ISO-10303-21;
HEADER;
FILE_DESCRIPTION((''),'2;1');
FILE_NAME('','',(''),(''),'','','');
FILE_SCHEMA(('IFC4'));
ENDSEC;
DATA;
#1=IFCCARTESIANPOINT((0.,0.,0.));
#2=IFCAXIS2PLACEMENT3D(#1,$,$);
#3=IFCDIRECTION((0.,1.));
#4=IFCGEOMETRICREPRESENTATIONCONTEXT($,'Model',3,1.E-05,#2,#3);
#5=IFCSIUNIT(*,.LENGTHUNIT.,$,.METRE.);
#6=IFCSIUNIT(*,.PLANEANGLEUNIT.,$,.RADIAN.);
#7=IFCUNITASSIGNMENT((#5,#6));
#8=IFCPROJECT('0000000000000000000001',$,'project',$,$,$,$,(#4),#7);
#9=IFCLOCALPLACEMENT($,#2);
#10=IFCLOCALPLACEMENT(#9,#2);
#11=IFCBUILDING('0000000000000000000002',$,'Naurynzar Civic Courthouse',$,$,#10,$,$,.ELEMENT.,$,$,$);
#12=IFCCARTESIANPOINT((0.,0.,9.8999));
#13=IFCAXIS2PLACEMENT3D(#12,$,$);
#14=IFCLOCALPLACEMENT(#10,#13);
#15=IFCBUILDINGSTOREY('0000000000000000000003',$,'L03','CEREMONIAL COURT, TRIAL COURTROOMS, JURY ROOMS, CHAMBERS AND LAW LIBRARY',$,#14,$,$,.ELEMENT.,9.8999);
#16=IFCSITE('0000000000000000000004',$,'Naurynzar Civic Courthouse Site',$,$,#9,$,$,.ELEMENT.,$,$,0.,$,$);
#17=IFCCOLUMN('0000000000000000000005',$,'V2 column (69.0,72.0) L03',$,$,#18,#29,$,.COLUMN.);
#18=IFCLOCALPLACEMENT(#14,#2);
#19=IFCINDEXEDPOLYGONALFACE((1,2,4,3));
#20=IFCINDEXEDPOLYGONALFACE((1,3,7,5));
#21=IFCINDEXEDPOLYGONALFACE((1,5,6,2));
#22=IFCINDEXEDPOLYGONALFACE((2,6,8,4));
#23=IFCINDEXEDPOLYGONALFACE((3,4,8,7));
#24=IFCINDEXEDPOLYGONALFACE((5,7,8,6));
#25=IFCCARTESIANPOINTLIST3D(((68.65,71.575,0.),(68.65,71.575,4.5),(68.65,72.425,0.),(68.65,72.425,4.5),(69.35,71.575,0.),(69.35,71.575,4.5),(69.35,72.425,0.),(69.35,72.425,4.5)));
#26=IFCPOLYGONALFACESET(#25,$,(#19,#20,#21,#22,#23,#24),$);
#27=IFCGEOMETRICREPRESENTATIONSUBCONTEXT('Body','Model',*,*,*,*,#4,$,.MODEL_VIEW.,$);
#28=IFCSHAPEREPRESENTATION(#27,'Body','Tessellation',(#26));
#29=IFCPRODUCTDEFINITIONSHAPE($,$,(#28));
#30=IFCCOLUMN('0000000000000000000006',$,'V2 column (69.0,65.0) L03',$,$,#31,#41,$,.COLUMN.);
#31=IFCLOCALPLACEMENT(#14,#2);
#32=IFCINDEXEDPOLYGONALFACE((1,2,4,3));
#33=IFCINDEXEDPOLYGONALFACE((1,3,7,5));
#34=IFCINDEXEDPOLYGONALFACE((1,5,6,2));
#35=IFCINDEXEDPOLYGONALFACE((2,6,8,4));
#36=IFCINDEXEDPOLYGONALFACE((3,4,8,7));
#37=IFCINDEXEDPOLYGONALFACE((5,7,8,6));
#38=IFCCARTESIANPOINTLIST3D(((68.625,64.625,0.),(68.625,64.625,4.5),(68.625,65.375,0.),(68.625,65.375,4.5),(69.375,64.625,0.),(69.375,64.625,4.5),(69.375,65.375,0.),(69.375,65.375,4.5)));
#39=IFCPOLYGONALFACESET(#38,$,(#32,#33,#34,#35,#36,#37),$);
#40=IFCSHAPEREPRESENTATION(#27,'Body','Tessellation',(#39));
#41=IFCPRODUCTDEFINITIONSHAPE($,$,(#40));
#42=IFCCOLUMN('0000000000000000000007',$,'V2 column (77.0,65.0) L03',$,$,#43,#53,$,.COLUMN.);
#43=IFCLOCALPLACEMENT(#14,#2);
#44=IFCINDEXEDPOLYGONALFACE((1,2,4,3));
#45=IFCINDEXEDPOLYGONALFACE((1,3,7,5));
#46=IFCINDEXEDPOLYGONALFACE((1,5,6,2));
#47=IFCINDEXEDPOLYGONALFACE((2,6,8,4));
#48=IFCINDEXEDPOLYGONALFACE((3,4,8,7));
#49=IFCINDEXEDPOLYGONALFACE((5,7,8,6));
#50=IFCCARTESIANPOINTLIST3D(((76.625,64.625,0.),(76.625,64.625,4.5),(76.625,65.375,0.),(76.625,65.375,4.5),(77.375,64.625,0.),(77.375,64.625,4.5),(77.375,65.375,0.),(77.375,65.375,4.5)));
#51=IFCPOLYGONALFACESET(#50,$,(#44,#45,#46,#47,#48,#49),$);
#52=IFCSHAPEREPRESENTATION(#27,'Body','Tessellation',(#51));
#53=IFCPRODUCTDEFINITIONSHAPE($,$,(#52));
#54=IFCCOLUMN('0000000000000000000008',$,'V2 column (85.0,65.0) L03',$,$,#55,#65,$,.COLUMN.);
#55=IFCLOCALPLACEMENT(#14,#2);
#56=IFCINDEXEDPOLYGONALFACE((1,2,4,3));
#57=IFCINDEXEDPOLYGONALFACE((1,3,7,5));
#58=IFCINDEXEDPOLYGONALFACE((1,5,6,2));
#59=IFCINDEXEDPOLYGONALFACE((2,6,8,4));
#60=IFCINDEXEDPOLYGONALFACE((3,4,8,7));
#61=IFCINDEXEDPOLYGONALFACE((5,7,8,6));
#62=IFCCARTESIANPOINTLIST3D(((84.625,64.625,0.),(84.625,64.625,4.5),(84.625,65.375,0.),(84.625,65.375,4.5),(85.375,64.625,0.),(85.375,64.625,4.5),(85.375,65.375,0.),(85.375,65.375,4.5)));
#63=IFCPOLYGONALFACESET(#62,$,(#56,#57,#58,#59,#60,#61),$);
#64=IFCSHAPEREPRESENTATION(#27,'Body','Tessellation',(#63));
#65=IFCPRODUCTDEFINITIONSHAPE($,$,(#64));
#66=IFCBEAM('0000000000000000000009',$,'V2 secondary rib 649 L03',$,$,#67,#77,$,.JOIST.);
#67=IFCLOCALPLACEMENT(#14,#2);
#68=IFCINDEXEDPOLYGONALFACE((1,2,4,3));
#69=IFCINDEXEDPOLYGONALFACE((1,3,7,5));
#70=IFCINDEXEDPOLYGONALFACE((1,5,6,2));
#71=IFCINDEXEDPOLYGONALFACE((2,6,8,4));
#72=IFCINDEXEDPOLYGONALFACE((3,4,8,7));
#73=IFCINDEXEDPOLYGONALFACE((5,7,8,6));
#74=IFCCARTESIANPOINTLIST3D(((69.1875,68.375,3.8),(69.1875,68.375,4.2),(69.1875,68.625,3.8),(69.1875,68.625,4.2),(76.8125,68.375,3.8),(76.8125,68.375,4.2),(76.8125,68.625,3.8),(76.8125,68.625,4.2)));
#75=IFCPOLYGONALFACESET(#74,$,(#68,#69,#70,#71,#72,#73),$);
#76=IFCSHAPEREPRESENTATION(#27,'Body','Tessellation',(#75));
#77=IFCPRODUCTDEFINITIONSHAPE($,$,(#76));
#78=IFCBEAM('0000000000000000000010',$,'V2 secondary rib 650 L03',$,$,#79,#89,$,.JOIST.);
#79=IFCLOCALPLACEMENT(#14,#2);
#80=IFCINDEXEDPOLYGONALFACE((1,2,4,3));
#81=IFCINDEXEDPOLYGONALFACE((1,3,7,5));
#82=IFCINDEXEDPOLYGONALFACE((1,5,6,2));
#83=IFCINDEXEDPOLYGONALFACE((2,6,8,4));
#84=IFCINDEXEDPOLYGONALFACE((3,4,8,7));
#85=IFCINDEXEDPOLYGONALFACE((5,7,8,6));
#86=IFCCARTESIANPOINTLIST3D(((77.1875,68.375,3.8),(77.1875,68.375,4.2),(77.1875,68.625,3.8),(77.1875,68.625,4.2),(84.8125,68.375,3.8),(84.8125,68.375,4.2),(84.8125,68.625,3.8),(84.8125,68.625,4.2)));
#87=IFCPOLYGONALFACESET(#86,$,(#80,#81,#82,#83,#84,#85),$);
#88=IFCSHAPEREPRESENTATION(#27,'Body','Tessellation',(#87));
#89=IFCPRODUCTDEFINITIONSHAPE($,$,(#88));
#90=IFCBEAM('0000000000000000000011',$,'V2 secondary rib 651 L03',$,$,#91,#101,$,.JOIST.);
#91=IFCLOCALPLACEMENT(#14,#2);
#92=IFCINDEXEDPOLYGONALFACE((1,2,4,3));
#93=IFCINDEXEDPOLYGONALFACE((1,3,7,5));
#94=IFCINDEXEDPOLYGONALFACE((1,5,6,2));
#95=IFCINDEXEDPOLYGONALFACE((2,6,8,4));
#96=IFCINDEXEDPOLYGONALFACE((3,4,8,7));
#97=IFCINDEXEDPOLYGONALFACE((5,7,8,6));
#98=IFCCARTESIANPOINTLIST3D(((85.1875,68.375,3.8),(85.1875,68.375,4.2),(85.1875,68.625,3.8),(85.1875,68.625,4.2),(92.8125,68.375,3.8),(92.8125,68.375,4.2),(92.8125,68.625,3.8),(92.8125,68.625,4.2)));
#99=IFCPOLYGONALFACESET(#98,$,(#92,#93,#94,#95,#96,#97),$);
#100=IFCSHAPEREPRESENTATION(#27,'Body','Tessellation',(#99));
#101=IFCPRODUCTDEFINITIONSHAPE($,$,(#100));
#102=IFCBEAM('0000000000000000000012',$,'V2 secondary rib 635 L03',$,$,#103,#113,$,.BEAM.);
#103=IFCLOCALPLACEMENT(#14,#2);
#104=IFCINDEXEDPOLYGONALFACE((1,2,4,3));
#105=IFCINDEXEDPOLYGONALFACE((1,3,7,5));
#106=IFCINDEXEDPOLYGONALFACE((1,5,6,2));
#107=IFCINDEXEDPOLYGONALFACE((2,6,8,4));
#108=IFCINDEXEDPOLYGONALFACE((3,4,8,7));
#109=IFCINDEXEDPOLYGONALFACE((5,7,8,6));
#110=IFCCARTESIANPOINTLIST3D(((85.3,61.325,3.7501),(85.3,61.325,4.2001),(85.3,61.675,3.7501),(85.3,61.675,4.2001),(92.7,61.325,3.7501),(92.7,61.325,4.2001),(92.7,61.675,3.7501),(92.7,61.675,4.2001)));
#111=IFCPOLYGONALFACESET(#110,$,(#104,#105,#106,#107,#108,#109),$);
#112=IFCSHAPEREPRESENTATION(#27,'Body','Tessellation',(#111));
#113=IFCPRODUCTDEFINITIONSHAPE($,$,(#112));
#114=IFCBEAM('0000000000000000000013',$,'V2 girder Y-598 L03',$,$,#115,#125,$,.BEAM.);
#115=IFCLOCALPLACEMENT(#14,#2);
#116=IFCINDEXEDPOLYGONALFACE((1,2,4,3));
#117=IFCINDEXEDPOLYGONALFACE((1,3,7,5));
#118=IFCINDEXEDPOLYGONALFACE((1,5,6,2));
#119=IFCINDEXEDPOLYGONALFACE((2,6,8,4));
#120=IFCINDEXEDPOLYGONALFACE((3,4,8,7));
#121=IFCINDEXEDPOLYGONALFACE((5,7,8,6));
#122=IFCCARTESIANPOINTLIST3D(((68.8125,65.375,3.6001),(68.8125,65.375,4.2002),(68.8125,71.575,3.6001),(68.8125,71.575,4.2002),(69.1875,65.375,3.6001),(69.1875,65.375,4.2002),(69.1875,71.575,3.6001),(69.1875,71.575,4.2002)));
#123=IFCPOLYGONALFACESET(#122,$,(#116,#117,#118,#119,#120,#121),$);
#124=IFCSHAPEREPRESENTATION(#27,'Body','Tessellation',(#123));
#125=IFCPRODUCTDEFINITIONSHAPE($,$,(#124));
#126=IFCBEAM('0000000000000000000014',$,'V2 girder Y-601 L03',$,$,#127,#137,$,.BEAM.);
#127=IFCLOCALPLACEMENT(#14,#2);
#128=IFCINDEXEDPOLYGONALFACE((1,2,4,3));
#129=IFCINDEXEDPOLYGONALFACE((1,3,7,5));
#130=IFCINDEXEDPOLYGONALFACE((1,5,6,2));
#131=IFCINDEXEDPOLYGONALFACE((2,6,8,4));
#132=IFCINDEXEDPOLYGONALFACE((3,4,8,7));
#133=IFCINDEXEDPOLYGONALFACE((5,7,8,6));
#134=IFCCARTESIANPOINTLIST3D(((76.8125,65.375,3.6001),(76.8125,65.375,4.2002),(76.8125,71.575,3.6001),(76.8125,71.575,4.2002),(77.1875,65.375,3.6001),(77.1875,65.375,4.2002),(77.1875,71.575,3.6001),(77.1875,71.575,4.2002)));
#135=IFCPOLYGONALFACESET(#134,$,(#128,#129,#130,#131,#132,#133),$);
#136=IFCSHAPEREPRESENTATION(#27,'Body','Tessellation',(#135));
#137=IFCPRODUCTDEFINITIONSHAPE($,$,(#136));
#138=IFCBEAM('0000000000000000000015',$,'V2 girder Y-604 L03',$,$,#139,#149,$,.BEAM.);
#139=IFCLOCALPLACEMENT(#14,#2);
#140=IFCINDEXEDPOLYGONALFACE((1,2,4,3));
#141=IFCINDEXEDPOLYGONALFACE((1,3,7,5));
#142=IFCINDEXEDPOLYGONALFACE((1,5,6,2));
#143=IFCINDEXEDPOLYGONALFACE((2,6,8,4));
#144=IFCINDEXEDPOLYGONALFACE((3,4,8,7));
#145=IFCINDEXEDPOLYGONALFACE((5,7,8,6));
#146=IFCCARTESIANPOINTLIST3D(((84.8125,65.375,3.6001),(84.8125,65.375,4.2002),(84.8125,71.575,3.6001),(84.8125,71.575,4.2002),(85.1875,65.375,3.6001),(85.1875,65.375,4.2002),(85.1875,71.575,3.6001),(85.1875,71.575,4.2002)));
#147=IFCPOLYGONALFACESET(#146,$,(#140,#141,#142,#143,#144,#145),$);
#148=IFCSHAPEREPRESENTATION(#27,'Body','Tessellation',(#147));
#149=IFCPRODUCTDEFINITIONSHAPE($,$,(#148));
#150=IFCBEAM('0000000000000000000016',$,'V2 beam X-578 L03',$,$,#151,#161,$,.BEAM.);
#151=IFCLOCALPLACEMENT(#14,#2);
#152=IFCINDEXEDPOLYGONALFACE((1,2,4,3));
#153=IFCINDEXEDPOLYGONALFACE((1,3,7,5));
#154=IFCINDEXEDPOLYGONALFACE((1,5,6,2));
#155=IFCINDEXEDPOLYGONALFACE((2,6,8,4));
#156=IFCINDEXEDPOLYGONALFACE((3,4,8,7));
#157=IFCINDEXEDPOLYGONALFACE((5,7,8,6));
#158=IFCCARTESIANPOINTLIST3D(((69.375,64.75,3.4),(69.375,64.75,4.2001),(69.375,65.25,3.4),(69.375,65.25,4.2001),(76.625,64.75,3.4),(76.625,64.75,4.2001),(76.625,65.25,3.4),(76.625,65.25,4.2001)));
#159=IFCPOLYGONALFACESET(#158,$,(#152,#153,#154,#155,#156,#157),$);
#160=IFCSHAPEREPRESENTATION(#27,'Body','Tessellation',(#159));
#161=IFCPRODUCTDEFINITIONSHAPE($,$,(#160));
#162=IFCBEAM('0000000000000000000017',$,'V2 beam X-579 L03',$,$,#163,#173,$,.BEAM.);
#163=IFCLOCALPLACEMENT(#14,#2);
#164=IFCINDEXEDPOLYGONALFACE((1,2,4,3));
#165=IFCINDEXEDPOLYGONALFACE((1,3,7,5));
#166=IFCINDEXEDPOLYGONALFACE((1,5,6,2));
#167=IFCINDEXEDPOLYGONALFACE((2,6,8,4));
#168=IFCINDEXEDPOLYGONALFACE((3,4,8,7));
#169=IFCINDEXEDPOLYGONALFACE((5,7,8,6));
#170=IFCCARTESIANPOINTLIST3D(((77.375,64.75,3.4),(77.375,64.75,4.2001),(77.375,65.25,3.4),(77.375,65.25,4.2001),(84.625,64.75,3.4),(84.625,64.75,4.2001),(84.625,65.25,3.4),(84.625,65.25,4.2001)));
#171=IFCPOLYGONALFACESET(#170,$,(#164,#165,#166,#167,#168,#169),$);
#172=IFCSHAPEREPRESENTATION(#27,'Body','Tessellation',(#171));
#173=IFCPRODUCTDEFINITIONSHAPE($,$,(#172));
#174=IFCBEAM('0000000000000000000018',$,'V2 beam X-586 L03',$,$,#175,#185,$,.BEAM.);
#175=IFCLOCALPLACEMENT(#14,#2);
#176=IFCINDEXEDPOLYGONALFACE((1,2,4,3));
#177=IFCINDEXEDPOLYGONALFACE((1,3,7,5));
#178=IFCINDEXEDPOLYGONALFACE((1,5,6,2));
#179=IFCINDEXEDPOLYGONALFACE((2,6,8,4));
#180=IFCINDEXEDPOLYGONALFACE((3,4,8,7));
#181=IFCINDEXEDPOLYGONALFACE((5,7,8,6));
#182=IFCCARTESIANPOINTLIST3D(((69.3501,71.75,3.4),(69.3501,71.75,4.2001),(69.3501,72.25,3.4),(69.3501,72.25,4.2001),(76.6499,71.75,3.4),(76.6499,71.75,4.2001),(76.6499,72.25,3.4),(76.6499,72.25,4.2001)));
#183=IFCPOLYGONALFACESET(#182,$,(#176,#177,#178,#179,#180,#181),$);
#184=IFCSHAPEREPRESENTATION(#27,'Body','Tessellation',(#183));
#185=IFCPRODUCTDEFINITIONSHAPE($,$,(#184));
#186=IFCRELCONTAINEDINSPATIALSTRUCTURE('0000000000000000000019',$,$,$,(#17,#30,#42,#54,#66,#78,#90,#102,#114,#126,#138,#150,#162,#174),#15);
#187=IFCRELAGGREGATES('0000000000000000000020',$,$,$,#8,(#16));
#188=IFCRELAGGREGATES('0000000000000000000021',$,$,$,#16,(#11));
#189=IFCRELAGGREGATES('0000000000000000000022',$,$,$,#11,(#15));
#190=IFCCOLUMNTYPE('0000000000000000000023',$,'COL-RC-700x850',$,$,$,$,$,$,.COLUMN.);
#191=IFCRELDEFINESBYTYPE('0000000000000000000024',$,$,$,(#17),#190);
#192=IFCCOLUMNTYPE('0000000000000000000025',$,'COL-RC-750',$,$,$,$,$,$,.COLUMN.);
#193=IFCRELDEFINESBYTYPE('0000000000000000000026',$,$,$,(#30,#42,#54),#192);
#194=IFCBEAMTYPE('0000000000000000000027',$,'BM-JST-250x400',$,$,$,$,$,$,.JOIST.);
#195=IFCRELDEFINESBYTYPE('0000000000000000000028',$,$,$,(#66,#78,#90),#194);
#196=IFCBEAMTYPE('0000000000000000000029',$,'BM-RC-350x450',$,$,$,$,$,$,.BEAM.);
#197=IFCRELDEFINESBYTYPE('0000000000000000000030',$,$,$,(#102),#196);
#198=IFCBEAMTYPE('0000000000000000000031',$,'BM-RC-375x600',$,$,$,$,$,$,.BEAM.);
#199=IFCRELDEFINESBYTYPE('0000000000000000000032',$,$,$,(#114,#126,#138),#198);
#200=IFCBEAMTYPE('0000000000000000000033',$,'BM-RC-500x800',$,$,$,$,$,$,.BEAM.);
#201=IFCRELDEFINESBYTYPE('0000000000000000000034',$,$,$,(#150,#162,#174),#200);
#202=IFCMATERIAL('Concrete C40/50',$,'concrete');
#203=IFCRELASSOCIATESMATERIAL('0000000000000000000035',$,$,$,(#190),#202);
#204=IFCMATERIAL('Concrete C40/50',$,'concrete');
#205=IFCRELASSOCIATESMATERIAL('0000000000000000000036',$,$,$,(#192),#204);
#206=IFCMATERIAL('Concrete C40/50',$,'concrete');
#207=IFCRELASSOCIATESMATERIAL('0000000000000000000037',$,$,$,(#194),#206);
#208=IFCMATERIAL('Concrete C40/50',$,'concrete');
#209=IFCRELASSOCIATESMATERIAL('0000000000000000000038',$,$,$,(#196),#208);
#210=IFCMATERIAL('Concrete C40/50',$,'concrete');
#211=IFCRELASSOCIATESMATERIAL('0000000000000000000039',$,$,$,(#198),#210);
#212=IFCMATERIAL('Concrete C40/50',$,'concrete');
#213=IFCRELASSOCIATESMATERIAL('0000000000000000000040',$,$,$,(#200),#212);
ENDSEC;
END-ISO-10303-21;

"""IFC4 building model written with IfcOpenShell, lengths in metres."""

from ifc_helpers import new_model, si_unit, direction, frame, origin, origin_2d, place, context, subcontext, project, spatial, rectangle, extrude, material, material_profile, profile_set, type_object, element, save


model = new_model("IFC4")

# Units and contexts
model_context = context("Model", 3, precision=1e-05, world=origin(), true_north=direction((0.0, 1.0)))
body_context = subcontext(model_context, "Body", "Model", "MODEL_VIEW")
ifc_project = project(units=[si_unit("LENGTHUNIT", "METRE"), si_unit("PLANEANGLEUNIT", "RADIAN")], contexts=[model_context])

# Site, building, storey
site_placement = place(None, origin())
site = spatial("IfcSite", under=ifc_project, at=site_placement, Name="Naurynzar Civic Courthouse Site", CompositionType="ELEMENT", RefElevation=0.0)
building_placement = place(site_placement, origin())
building = spatial("IfcBuilding", under=site, at=building_placement, Name="Naurynzar Civic Courthouse", CompositionType="ELEMENT")
storey_placement = place(building_placement, frame((0.0, 0.0, 9.8999)))
storey = spatial("IfcBuildingStorey", under=building, at=storey_placement, Name="L03", Description="CEREMONIAL COURT, TRIAL COURTROOMS, JURY ROOMS, CHAMBERS AND LAW LIBRARY", CompositionType="ELEMENT", Elevation=9.8999)

# Columns
ifc_material_1 = material(Name="Concrete C40/50", Category="concrete")
ifc_material_profile_1 = material_profile(ifc_material_1, rectangle(XDim=0.7, YDim=0.8501, at=origin_2d()), Name="RC 700x850")
ifc_profile_set_1 = profile_set([ifc_material_profile_1], Name="Concrete C40/50")
column_type_1 = type_object("IfcColumnType", Name="COL-RC-700x850", PredefinedType="COLUMN", material=ifc_profile_set_1)
column_placement = place(storey_placement, frame((69.0, 72.0, 0.0), z_axis=(0.0, 0.0, 1.0), x_axis=(1.0, 0.0, 0.0)))
element("IfcColumn", 1, at=column_placement, inside=storey, type_object=column_type_1, Name="V2 column (69.0,72.0) L03", PredefinedType="COLUMN", context=body_context, shape_type="SweptSolid", body=[
    extrude(rectangle(XDim=0.7, YDim=0.8501, at=origin_2d()), origin(), (0.0, 0.0, 1.0), 4.5),
])
ifc_material_2 = material(Name="Concrete C40/50", Category="concrete")
ifc_material_profile_2 = material_profile(ifc_material_2, rectangle(XDim=0.75, YDim=0.75, at=origin_2d()), Name="RC 750x750")
ifc_profile_set_2 = profile_set([ifc_material_profile_2], Name="Concrete C40/50")
column_type_2 = type_object("IfcColumnType", Name="COL-RC-750", PredefinedType="COLUMN", material=ifc_profile_set_2)
for number, where, z_axis, x_axis, name in (
    (2, (69.0, 65.0, 0.0), (0.0, 0.0, 1.0), (1.0, 0.0, 0.0), "V2 column (69.0,65.0) L03"),
    (3, (77.0, 65.0, 0.0), (0.0, 0.0, 1.0), (1.0, 0.0, 0.0), "V2 column (77.0,65.0) L03"),
    (4, (85.0, 65.0, 0.0), (0.0, 0.0, 1.0), (1.0, 0.0, 0.0), "V2 column (85.0,65.0) L03"),
):
    element("IfcColumn", number, at=place(storey_placement, frame(where, z_axis=z_axis, x_axis=x_axis)), inside=storey, type_object=column_type_2, Name=name, PredefinedType="COLUMN", context=body_context, shape_type="SweptSolid", body=[
        extrude(rectangle(XDim=0.75, YDim=0.75, at=origin_2d()), origin(), (0.0, 0.0, 1.0), 4.5),
    ])

# Beams
ifc_material_3 = material(Name="Concrete C40/50", Category="concrete")
ifc_material_profile_3 = material_profile(ifc_material_3, rectangle(XDim=0.25, YDim=0.3999, at=origin_2d()), Name="RCB 250x400")
ifc_profile_set_3 = profile_set([ifc_material_profile_3], Name="Concrete C40/50")
beam_type_1 = type_object("IfcBeamType", Name="BM-JST-250x400", PredefinedType="JOIST", material=ifc_profile_set_3)
for number, where, z_axis, x_axis, name in (
    (5, (69.1875, 68.5, 4.0), (1.0, 0.0, 0.0), (0.0, 1.0, 0.0), "V2 secondary rib 649 L03"),
    (6, (77.1875, 68.5, 4.0), (1.0, 0.0, 0.0), (0.0, 1.0, 0.0), "V2 secondary rib 650 L03"),
    (7, (85.1875, 68.5, 4.0), (1.0, 0.0, 0.0), (0.0, 1.0, 0.0), "V2 secondary rib 651 L03"),
):
    element("IfcBeam", number, at=place(storey_placement, frame(where, z_axis=z_axis, x_axis=x_axis)), inside=storey, type_object=beam_type_1, Name=name, PredefinedType="JOIST", context=body_context, shape_type="SweptSolid", body=[
        extrude(rectangle(XDim=0.25, YDim=0.3999, at=origin_2d()), origin(), (0.0, 0.0, 1.0), 7.625),
    ])
ifc_material_4 = material(Name="Concrete C40/50", Category="concrete")
ifc_material_profile_4 = material_profile(ifc_material_4, rectangle(XDim=0.3501, YDim=0.45, at=origin_2d()), Name="RCB 350x450")
ifc_profile_set_4 = profile_set([ifc_material_profile_4], Name="Concrete C40/50")
beam_type_2 = type_object("IfcBeamType", Name="BM-RC-350x450", PredefinedType="BEAM", material=ifc_profile_set_4)
beam_1_placement = place(storey_placement, frame((85.3, 61.5, 3.9751), z_axis=(1.0, 0.0, 0.0), x_axis=(0.0, 1.0, 0.0)))
element("IfcBeam", 8, at=beam_1_placement, inside=storey, type_object=beam_type_2, Name="V2 secondary rib 635 L03", PredefinedType="BEAM", context=body_context, shape_type="SweptSolid", body=[
    extrude(rectangle(XDim=0.3501, YDim=0.45, at=origin_2d()), origin(), (0.0, 0.0, 1.0), 7.3999),
])
ifc_material_5 = material(Name="Concrete C40/50", Category="concrete")
ifc_material_profile_5 = material_profile(ifc_material_5, rectangle(XDim=0.375, YDim=0.6001, at=origin_2d()), Name="RCB 375x600")
ifc_profile_set_5 = profile_set([ifc_material_profile_5], Name="Concrete C40/50")
beam_type_3 = type_object("IfcBeamType", Name="BM-RC-375x600", PredefinedType="BEAM", material=ifc_profile_set_5)
for number, where, z_axis, x_axis, name in (
    (9, (69.0, 65.375, 3.9001), (0.0, 1.0, 0.0), (-1.0, 0.0, 0.0), "V2 girder Y-598 L03"),
    (10, (77.0, 65.375, 3.9001), (0.0, 1.0, 0.0), (-1.0, 0.0, 0.0), "V2 girder Y-601 L03"),
    (11, (85.0, 65.375, 3.9001), (0.0, 1.0, 0.0), (-1.0, 0.0, 0.0), "V2 girder Y-604 L03"),
):
    element("IfcBeam", number, at=place(storey_placement, frame(where, z_axis=z_axis, x_axis=x_axis)), inside=storey, type_object=beam_type_3, Name=name, PredefinedType="BEAM", context=body_context, shape_type="SweptSolid", body=[
        extrude(rectangle(XDim=0.375, YDim=0.6001, at=origin_2d()), origin(), (0.0, 0.0, 1.0), 6.2),
    ])
ifc_material_6 = material(Name="Concrete C40/50", Category="concrete")
ifc_material_profile_6 = material_profile(ifc_material_6, rectangle(XDim=0.5, YDim=0.8, at=origin_2d()), Name="RCB 500x800")
ifc_profile_set_6 = profile_set([ifc_material_profile_6], Name="Concrete C40/50")
beam_type_4 = type_object("IfcBeamType", Name="BM-RC-500x800", PredefinedType="BEAM", material=ifc_profile_set_6)
for number, where, z_axis, x_axis, name in (
    (12, (69.375, 65.0, 3.8), (1.0, 0.0, 0.0), (0.0, 1.0, 0.0), "V2 beam X-578 L03"),
    (13, (77.375, 65.0, 3.8), (1.0, 0.0, 0.0), (0.0, 1.0, 0.0), "V2 beam X-579 L03"),
):
    element("IfcBeam", number, at=place(storey_placement, frame(where, z_axis=z_axis, x_axis=x_axis)), inside=storey, type_object=beam_type_4, Name=name, PredefinedType="BEAM", context=body_context, shape_type="SweptSolid", body=[
        extrude(rectangle(XDim=0.5, YDim=0.8, at=origin_2d()), origin(), (0.0, 0.0, 1.0), 7.25),
    ])
beam_2_placement = place(storey_placement, frame((69.3501, 72.0, 3.8), z_axis=(1.0, 0.0, 0.0), x_axis=(0.0, 1.0, 0.0)))
element("IfcBeam", 14, at=beam_2_placement, inside=storey, type_object=beam_type_4, Name="V2 beam X-586 L03", PredefinedType="BEAM", context=body_context, shape_type="SweptSolid", body=[
    extrude(rectangle(XDim=0.5, YDim=0.8, at=origin_2d()), origin(), (0.0, 0.0, 1.0), 7.2998),
])

save(model, "model.ifc")
